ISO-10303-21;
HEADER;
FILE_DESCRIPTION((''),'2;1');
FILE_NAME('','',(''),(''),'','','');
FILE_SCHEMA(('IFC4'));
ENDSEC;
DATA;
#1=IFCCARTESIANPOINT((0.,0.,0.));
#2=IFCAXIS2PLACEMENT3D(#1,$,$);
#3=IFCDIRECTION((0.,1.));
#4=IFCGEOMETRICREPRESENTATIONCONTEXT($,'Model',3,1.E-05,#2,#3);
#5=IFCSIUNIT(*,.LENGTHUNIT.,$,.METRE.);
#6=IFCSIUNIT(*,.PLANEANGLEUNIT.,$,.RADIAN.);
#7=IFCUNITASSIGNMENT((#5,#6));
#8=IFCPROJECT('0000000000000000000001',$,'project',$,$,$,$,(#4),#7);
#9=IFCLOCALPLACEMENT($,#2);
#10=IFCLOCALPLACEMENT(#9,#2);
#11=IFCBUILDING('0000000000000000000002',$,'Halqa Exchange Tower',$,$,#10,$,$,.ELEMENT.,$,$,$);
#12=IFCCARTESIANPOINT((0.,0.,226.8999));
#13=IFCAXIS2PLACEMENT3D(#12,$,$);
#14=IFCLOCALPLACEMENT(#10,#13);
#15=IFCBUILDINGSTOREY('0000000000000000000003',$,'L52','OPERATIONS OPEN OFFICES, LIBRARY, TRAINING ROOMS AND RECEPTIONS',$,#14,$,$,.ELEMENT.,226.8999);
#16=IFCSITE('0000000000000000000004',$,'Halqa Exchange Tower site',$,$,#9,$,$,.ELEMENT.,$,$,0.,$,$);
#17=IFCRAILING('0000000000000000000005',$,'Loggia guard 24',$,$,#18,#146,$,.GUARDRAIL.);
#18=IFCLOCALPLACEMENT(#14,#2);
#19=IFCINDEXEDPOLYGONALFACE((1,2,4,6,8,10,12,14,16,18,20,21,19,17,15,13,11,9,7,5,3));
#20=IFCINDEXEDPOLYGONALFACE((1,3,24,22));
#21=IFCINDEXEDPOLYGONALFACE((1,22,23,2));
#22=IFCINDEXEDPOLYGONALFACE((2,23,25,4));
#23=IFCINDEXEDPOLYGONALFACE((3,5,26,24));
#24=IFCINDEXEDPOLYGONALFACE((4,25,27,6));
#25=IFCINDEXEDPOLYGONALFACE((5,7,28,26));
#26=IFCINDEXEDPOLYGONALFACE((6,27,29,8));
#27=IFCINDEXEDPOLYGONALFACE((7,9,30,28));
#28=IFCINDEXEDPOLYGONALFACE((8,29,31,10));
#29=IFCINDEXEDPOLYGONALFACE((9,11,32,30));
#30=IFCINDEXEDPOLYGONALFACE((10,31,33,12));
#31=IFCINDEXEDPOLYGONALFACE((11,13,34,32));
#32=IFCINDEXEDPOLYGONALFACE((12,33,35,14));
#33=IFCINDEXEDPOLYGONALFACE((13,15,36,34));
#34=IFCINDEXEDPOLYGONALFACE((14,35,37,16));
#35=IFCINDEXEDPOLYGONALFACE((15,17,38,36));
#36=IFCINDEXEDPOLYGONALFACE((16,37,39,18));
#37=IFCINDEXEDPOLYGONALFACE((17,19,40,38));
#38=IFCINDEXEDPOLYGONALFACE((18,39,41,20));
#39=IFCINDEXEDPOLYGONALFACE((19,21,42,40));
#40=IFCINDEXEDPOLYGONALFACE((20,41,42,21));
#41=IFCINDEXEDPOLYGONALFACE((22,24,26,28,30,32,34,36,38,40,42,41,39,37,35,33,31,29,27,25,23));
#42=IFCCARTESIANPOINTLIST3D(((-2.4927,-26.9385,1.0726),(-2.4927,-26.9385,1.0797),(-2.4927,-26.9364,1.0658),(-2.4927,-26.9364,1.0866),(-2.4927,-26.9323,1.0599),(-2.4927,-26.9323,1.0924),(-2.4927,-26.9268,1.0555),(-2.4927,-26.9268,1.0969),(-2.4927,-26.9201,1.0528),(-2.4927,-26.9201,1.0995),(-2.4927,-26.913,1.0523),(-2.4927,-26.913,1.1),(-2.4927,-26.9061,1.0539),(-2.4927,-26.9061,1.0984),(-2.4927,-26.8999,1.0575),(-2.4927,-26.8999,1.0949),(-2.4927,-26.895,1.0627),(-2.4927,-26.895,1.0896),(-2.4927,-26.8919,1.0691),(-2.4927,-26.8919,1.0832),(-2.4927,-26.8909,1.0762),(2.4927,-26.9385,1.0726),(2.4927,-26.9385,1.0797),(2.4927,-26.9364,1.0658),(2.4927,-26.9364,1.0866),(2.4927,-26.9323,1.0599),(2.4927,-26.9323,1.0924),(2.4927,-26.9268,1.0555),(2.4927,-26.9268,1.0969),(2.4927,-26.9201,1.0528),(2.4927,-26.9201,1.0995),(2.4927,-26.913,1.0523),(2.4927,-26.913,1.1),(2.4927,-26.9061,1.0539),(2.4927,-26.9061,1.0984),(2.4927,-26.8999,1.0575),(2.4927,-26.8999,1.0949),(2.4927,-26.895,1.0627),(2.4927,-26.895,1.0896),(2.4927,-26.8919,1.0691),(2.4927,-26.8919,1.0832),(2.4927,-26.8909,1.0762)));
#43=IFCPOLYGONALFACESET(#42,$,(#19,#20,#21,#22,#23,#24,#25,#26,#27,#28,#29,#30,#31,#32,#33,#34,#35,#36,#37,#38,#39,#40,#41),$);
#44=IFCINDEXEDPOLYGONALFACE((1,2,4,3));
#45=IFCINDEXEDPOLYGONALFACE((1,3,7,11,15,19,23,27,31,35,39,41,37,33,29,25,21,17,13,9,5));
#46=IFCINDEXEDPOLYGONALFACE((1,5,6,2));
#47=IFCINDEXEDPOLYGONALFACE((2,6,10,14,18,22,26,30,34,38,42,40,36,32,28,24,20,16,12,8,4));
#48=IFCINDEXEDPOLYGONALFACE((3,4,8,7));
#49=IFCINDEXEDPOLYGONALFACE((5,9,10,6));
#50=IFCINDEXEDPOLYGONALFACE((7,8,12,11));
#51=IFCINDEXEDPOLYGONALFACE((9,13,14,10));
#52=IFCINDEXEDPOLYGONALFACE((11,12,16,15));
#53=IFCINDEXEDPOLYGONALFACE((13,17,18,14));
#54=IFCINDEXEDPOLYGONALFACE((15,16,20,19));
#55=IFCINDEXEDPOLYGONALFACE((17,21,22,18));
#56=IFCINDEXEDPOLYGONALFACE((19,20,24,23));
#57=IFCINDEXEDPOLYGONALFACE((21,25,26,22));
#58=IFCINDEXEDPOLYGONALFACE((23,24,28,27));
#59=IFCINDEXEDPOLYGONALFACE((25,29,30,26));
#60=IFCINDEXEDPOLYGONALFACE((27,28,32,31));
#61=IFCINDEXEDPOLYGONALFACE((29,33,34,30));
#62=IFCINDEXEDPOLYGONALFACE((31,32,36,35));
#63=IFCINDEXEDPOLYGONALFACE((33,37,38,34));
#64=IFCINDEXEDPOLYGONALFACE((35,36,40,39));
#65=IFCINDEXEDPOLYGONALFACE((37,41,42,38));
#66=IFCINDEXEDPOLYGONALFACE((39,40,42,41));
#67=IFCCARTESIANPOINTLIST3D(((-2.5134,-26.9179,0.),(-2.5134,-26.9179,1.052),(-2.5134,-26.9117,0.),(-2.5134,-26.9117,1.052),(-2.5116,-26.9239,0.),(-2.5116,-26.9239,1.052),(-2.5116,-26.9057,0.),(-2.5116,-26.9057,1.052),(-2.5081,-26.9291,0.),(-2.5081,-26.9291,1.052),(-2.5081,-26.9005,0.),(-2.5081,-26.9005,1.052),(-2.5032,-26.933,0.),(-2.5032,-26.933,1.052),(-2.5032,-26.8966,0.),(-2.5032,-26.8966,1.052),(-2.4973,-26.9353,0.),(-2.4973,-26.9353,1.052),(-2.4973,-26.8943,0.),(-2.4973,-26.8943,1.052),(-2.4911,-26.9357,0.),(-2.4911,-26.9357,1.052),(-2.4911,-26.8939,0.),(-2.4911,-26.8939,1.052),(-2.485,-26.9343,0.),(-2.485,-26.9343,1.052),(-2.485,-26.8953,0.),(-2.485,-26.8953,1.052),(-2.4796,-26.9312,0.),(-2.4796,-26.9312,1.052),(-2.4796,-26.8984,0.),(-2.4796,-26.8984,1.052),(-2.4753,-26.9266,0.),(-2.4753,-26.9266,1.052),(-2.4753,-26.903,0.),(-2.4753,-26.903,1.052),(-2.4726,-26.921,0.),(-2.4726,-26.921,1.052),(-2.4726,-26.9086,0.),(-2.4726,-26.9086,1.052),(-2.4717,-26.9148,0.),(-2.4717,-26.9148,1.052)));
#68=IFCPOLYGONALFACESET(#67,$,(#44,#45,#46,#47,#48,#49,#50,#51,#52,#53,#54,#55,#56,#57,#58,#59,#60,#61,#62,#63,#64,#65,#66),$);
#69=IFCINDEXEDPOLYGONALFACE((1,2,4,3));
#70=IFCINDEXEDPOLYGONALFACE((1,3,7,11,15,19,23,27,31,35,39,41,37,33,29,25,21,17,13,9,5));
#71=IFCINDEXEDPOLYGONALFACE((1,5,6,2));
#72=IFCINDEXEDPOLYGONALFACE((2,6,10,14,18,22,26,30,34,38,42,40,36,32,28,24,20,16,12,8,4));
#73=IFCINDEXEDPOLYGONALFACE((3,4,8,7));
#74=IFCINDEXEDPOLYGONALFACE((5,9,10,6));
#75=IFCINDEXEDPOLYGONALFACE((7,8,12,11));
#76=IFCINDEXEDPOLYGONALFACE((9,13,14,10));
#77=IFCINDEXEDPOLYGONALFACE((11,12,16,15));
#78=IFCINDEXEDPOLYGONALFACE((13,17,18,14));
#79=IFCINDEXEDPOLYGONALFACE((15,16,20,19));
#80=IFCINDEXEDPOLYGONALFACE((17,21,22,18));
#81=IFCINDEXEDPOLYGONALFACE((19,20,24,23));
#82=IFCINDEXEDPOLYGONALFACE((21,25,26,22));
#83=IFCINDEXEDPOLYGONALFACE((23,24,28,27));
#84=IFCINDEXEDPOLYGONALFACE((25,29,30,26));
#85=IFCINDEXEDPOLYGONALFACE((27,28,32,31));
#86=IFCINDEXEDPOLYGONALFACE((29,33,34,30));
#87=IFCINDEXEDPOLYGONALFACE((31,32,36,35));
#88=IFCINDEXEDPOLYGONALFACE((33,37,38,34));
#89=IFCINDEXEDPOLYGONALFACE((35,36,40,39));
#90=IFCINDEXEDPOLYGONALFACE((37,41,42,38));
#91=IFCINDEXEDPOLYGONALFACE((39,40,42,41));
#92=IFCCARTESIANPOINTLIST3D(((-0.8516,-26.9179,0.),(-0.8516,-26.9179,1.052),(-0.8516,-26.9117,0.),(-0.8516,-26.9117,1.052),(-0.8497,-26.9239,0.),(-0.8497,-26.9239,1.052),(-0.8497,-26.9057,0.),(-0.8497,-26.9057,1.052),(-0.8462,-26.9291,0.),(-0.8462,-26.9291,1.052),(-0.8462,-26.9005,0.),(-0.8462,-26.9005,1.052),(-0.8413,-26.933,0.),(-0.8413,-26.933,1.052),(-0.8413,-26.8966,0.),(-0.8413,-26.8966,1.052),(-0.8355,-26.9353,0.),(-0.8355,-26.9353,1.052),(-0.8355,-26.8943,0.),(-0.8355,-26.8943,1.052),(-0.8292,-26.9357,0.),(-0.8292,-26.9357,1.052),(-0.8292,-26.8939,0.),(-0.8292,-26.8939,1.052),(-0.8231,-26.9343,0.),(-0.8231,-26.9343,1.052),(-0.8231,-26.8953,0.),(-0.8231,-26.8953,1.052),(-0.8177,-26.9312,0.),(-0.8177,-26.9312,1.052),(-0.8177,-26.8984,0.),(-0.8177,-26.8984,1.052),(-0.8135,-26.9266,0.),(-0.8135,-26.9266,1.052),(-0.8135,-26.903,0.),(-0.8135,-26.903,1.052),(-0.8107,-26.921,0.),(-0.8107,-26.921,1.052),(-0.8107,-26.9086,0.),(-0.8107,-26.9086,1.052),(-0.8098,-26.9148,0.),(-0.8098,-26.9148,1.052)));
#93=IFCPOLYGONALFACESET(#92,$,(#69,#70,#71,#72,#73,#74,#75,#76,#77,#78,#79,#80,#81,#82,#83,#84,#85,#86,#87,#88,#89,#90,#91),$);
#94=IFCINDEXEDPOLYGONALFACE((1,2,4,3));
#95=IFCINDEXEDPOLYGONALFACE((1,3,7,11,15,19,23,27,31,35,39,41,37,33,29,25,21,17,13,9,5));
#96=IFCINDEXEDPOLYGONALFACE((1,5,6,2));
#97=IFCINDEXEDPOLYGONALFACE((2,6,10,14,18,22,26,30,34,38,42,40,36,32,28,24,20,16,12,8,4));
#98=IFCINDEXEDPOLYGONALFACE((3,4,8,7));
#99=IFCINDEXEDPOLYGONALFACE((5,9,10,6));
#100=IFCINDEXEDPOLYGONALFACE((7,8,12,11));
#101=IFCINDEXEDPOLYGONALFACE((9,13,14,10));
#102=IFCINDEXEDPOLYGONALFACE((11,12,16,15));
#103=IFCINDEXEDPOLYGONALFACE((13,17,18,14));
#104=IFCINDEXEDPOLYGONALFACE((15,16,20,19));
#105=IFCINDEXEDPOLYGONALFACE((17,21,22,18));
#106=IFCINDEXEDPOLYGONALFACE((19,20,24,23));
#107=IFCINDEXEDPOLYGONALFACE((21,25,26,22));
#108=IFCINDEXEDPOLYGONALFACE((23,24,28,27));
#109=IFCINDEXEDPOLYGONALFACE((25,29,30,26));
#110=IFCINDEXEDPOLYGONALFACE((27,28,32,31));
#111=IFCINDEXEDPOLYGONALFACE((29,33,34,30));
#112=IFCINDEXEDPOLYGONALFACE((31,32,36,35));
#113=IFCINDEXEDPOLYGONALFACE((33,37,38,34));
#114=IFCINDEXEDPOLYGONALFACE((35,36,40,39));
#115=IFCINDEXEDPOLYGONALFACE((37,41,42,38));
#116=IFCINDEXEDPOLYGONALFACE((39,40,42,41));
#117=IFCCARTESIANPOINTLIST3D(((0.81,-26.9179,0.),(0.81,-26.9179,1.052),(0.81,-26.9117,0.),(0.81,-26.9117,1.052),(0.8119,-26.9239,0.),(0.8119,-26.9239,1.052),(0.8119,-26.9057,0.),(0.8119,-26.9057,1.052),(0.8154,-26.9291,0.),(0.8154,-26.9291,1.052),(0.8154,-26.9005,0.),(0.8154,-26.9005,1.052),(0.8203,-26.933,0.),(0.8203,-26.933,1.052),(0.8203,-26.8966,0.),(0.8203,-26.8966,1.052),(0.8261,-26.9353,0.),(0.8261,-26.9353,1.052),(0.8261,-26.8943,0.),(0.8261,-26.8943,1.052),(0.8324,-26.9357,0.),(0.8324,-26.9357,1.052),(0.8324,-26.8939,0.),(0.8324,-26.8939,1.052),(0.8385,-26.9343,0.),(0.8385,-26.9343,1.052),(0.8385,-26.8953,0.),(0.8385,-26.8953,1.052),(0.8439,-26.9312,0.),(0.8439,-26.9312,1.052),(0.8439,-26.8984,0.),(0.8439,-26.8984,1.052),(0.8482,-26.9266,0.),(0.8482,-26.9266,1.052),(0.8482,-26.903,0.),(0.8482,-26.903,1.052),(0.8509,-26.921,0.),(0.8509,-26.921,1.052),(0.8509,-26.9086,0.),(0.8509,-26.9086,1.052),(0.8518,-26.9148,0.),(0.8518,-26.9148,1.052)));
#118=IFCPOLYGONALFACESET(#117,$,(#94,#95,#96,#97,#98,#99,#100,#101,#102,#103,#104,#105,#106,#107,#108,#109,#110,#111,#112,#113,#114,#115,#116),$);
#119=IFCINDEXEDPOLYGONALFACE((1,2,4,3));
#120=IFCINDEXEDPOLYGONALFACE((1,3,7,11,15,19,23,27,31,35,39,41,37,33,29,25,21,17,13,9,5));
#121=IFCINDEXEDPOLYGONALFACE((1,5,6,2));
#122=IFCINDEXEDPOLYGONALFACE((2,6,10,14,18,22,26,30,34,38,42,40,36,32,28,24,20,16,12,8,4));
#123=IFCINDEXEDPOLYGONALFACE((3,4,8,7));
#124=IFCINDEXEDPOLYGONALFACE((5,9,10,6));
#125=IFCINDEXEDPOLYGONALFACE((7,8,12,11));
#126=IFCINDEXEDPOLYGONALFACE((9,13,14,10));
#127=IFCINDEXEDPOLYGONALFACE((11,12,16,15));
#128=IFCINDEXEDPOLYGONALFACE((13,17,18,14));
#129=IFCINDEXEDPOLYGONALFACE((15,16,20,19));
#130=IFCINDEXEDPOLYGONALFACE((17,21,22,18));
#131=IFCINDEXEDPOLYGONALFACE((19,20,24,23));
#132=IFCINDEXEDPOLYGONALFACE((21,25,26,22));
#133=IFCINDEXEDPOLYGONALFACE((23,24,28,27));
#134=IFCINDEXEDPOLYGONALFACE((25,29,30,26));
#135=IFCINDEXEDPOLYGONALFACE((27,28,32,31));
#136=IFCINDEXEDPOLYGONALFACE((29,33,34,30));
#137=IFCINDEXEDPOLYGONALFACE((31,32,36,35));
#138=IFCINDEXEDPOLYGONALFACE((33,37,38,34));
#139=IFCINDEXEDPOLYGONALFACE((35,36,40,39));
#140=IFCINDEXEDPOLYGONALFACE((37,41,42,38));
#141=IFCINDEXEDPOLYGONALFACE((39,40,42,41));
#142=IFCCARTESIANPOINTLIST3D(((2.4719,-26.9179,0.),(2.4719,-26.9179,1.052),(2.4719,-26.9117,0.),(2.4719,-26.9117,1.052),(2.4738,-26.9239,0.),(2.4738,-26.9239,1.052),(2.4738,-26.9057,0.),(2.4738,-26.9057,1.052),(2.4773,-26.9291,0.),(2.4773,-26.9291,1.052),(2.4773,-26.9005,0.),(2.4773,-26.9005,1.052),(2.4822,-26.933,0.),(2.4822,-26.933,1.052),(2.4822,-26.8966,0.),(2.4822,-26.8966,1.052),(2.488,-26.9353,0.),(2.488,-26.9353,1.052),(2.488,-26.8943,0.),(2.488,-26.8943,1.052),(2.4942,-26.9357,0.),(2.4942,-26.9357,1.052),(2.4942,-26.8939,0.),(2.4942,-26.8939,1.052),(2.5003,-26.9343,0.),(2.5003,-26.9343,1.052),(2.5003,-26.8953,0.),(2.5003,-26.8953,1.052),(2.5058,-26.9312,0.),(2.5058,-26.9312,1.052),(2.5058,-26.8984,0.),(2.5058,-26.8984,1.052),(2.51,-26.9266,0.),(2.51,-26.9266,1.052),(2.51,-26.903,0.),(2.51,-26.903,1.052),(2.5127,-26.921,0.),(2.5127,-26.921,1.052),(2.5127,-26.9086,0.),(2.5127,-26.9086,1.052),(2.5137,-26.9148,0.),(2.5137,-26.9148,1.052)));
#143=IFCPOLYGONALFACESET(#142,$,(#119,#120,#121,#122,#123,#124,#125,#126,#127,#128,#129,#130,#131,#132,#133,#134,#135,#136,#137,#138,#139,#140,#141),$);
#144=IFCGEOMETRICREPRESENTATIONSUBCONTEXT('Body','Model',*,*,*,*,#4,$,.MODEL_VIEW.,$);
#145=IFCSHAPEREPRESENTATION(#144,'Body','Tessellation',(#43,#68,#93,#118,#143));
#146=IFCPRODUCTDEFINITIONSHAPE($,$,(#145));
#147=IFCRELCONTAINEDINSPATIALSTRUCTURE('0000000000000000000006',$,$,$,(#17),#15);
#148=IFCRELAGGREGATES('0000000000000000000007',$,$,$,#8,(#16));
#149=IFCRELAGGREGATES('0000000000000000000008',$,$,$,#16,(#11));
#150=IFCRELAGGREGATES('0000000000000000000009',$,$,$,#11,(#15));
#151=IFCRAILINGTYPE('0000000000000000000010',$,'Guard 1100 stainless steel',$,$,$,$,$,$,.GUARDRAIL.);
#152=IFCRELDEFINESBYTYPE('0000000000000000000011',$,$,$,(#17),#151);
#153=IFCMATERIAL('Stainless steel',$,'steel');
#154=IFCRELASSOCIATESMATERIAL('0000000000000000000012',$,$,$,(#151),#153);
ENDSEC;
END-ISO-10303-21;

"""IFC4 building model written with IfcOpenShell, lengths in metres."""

from ifc_helpers import new_model, si_unit, direction, frame, origin, origin_2d, place, context, subcontext, project, spatial, circle, extrude, material, type_object, element, save


model = new_model("IFC4")

# Units and contexts
model_context = context("Model", 3, precision=1e-05, world=origin(), true_north=direction((0.0, 1.0)))
body_context = subcontext(model_context, "Body", "Model", "MODEL_VIEW")
ifc_project = project(units=[si_unit("LENGTHUNIT", "METRE"), si_unit("PLANEANGLEUNIT", "RADIAN")], contexts=[model_context])

# Site, building, storey
site_placement = place(None, origin())
site = spatial("IfcSite", under=ifc_project, at=site_placement, Name="Halqa Exchange Tower site", CompositionType="ELEMENT", RefElevation=0.0)
building_placement = place(site_placement, origin())
building = spatial("IfcBuilding", under=site, at=building_placement, Name="Halqa Exchange Tower", CompositionType="ELEMENT")
storey_placement = place(building_placement, frame((0.0, 0.0, 226.8999)))
storey = spatial("IfcBuildingStorey", under=building, at=storey_placement, Name="L52", Description="OPERATIONS OPEN OFFICES, LIBRARY, TRAINING ROOMS AND RECEPTIONS", CompositionType="ELEMENT", Elevation=226.8999)

# Railing
ifc_material_1 = material(Name="Stainless steel", Category="steel")
railing_type = type_object("IfcRailingType", Name="Guard 1100 stainless steel", PredefinedType="GUARDRAIL", material=ifc_material_1)
railing_1_placement = place(storey_placement, frame((-2.4927, -26.9148, 0.0)))
element("IfcRailing", 1, at=railing_1_placement, inside=storey, type_object=railing_type, Name="Loggia guard 24", PredefinedType="GUARDRAIL", context=body_context, shape_type="SweptSolid", body=[
    extrude(circle(Radius=0.0239, at=origin_2d()), frame((0.0, 0.0, 1.0762), z_axis=(1.0, 0.0, 0.0), x_axis=(0.0, 1.0, 0.0)), (0.0, 0.0, 1.0), 4.9854),
    extrude(circle(Radius=0.021, at=origin_2d()), origin(), (0.0, 0.0, 1.0), 1.052),
    extrude(circle(Radius=0.021, at=origin_2d()), frame((1.6619, 0.0, 0.0)), (0.0, 0.0, 1.0), 1.052),
    extrude(circle(Radius=0.021, at=origin_2d()), frame((3.3235, 0.0, 0.0)), (0.0, 0.0, 1.0), 1.052),
    extrude(circle(Radius=0.021, at=origin_2d()), frame((4.9854, 0.0, 0.0)), (0.0, 0.0, 1.0), 1.052),
])

save(model, "model.ifc")
